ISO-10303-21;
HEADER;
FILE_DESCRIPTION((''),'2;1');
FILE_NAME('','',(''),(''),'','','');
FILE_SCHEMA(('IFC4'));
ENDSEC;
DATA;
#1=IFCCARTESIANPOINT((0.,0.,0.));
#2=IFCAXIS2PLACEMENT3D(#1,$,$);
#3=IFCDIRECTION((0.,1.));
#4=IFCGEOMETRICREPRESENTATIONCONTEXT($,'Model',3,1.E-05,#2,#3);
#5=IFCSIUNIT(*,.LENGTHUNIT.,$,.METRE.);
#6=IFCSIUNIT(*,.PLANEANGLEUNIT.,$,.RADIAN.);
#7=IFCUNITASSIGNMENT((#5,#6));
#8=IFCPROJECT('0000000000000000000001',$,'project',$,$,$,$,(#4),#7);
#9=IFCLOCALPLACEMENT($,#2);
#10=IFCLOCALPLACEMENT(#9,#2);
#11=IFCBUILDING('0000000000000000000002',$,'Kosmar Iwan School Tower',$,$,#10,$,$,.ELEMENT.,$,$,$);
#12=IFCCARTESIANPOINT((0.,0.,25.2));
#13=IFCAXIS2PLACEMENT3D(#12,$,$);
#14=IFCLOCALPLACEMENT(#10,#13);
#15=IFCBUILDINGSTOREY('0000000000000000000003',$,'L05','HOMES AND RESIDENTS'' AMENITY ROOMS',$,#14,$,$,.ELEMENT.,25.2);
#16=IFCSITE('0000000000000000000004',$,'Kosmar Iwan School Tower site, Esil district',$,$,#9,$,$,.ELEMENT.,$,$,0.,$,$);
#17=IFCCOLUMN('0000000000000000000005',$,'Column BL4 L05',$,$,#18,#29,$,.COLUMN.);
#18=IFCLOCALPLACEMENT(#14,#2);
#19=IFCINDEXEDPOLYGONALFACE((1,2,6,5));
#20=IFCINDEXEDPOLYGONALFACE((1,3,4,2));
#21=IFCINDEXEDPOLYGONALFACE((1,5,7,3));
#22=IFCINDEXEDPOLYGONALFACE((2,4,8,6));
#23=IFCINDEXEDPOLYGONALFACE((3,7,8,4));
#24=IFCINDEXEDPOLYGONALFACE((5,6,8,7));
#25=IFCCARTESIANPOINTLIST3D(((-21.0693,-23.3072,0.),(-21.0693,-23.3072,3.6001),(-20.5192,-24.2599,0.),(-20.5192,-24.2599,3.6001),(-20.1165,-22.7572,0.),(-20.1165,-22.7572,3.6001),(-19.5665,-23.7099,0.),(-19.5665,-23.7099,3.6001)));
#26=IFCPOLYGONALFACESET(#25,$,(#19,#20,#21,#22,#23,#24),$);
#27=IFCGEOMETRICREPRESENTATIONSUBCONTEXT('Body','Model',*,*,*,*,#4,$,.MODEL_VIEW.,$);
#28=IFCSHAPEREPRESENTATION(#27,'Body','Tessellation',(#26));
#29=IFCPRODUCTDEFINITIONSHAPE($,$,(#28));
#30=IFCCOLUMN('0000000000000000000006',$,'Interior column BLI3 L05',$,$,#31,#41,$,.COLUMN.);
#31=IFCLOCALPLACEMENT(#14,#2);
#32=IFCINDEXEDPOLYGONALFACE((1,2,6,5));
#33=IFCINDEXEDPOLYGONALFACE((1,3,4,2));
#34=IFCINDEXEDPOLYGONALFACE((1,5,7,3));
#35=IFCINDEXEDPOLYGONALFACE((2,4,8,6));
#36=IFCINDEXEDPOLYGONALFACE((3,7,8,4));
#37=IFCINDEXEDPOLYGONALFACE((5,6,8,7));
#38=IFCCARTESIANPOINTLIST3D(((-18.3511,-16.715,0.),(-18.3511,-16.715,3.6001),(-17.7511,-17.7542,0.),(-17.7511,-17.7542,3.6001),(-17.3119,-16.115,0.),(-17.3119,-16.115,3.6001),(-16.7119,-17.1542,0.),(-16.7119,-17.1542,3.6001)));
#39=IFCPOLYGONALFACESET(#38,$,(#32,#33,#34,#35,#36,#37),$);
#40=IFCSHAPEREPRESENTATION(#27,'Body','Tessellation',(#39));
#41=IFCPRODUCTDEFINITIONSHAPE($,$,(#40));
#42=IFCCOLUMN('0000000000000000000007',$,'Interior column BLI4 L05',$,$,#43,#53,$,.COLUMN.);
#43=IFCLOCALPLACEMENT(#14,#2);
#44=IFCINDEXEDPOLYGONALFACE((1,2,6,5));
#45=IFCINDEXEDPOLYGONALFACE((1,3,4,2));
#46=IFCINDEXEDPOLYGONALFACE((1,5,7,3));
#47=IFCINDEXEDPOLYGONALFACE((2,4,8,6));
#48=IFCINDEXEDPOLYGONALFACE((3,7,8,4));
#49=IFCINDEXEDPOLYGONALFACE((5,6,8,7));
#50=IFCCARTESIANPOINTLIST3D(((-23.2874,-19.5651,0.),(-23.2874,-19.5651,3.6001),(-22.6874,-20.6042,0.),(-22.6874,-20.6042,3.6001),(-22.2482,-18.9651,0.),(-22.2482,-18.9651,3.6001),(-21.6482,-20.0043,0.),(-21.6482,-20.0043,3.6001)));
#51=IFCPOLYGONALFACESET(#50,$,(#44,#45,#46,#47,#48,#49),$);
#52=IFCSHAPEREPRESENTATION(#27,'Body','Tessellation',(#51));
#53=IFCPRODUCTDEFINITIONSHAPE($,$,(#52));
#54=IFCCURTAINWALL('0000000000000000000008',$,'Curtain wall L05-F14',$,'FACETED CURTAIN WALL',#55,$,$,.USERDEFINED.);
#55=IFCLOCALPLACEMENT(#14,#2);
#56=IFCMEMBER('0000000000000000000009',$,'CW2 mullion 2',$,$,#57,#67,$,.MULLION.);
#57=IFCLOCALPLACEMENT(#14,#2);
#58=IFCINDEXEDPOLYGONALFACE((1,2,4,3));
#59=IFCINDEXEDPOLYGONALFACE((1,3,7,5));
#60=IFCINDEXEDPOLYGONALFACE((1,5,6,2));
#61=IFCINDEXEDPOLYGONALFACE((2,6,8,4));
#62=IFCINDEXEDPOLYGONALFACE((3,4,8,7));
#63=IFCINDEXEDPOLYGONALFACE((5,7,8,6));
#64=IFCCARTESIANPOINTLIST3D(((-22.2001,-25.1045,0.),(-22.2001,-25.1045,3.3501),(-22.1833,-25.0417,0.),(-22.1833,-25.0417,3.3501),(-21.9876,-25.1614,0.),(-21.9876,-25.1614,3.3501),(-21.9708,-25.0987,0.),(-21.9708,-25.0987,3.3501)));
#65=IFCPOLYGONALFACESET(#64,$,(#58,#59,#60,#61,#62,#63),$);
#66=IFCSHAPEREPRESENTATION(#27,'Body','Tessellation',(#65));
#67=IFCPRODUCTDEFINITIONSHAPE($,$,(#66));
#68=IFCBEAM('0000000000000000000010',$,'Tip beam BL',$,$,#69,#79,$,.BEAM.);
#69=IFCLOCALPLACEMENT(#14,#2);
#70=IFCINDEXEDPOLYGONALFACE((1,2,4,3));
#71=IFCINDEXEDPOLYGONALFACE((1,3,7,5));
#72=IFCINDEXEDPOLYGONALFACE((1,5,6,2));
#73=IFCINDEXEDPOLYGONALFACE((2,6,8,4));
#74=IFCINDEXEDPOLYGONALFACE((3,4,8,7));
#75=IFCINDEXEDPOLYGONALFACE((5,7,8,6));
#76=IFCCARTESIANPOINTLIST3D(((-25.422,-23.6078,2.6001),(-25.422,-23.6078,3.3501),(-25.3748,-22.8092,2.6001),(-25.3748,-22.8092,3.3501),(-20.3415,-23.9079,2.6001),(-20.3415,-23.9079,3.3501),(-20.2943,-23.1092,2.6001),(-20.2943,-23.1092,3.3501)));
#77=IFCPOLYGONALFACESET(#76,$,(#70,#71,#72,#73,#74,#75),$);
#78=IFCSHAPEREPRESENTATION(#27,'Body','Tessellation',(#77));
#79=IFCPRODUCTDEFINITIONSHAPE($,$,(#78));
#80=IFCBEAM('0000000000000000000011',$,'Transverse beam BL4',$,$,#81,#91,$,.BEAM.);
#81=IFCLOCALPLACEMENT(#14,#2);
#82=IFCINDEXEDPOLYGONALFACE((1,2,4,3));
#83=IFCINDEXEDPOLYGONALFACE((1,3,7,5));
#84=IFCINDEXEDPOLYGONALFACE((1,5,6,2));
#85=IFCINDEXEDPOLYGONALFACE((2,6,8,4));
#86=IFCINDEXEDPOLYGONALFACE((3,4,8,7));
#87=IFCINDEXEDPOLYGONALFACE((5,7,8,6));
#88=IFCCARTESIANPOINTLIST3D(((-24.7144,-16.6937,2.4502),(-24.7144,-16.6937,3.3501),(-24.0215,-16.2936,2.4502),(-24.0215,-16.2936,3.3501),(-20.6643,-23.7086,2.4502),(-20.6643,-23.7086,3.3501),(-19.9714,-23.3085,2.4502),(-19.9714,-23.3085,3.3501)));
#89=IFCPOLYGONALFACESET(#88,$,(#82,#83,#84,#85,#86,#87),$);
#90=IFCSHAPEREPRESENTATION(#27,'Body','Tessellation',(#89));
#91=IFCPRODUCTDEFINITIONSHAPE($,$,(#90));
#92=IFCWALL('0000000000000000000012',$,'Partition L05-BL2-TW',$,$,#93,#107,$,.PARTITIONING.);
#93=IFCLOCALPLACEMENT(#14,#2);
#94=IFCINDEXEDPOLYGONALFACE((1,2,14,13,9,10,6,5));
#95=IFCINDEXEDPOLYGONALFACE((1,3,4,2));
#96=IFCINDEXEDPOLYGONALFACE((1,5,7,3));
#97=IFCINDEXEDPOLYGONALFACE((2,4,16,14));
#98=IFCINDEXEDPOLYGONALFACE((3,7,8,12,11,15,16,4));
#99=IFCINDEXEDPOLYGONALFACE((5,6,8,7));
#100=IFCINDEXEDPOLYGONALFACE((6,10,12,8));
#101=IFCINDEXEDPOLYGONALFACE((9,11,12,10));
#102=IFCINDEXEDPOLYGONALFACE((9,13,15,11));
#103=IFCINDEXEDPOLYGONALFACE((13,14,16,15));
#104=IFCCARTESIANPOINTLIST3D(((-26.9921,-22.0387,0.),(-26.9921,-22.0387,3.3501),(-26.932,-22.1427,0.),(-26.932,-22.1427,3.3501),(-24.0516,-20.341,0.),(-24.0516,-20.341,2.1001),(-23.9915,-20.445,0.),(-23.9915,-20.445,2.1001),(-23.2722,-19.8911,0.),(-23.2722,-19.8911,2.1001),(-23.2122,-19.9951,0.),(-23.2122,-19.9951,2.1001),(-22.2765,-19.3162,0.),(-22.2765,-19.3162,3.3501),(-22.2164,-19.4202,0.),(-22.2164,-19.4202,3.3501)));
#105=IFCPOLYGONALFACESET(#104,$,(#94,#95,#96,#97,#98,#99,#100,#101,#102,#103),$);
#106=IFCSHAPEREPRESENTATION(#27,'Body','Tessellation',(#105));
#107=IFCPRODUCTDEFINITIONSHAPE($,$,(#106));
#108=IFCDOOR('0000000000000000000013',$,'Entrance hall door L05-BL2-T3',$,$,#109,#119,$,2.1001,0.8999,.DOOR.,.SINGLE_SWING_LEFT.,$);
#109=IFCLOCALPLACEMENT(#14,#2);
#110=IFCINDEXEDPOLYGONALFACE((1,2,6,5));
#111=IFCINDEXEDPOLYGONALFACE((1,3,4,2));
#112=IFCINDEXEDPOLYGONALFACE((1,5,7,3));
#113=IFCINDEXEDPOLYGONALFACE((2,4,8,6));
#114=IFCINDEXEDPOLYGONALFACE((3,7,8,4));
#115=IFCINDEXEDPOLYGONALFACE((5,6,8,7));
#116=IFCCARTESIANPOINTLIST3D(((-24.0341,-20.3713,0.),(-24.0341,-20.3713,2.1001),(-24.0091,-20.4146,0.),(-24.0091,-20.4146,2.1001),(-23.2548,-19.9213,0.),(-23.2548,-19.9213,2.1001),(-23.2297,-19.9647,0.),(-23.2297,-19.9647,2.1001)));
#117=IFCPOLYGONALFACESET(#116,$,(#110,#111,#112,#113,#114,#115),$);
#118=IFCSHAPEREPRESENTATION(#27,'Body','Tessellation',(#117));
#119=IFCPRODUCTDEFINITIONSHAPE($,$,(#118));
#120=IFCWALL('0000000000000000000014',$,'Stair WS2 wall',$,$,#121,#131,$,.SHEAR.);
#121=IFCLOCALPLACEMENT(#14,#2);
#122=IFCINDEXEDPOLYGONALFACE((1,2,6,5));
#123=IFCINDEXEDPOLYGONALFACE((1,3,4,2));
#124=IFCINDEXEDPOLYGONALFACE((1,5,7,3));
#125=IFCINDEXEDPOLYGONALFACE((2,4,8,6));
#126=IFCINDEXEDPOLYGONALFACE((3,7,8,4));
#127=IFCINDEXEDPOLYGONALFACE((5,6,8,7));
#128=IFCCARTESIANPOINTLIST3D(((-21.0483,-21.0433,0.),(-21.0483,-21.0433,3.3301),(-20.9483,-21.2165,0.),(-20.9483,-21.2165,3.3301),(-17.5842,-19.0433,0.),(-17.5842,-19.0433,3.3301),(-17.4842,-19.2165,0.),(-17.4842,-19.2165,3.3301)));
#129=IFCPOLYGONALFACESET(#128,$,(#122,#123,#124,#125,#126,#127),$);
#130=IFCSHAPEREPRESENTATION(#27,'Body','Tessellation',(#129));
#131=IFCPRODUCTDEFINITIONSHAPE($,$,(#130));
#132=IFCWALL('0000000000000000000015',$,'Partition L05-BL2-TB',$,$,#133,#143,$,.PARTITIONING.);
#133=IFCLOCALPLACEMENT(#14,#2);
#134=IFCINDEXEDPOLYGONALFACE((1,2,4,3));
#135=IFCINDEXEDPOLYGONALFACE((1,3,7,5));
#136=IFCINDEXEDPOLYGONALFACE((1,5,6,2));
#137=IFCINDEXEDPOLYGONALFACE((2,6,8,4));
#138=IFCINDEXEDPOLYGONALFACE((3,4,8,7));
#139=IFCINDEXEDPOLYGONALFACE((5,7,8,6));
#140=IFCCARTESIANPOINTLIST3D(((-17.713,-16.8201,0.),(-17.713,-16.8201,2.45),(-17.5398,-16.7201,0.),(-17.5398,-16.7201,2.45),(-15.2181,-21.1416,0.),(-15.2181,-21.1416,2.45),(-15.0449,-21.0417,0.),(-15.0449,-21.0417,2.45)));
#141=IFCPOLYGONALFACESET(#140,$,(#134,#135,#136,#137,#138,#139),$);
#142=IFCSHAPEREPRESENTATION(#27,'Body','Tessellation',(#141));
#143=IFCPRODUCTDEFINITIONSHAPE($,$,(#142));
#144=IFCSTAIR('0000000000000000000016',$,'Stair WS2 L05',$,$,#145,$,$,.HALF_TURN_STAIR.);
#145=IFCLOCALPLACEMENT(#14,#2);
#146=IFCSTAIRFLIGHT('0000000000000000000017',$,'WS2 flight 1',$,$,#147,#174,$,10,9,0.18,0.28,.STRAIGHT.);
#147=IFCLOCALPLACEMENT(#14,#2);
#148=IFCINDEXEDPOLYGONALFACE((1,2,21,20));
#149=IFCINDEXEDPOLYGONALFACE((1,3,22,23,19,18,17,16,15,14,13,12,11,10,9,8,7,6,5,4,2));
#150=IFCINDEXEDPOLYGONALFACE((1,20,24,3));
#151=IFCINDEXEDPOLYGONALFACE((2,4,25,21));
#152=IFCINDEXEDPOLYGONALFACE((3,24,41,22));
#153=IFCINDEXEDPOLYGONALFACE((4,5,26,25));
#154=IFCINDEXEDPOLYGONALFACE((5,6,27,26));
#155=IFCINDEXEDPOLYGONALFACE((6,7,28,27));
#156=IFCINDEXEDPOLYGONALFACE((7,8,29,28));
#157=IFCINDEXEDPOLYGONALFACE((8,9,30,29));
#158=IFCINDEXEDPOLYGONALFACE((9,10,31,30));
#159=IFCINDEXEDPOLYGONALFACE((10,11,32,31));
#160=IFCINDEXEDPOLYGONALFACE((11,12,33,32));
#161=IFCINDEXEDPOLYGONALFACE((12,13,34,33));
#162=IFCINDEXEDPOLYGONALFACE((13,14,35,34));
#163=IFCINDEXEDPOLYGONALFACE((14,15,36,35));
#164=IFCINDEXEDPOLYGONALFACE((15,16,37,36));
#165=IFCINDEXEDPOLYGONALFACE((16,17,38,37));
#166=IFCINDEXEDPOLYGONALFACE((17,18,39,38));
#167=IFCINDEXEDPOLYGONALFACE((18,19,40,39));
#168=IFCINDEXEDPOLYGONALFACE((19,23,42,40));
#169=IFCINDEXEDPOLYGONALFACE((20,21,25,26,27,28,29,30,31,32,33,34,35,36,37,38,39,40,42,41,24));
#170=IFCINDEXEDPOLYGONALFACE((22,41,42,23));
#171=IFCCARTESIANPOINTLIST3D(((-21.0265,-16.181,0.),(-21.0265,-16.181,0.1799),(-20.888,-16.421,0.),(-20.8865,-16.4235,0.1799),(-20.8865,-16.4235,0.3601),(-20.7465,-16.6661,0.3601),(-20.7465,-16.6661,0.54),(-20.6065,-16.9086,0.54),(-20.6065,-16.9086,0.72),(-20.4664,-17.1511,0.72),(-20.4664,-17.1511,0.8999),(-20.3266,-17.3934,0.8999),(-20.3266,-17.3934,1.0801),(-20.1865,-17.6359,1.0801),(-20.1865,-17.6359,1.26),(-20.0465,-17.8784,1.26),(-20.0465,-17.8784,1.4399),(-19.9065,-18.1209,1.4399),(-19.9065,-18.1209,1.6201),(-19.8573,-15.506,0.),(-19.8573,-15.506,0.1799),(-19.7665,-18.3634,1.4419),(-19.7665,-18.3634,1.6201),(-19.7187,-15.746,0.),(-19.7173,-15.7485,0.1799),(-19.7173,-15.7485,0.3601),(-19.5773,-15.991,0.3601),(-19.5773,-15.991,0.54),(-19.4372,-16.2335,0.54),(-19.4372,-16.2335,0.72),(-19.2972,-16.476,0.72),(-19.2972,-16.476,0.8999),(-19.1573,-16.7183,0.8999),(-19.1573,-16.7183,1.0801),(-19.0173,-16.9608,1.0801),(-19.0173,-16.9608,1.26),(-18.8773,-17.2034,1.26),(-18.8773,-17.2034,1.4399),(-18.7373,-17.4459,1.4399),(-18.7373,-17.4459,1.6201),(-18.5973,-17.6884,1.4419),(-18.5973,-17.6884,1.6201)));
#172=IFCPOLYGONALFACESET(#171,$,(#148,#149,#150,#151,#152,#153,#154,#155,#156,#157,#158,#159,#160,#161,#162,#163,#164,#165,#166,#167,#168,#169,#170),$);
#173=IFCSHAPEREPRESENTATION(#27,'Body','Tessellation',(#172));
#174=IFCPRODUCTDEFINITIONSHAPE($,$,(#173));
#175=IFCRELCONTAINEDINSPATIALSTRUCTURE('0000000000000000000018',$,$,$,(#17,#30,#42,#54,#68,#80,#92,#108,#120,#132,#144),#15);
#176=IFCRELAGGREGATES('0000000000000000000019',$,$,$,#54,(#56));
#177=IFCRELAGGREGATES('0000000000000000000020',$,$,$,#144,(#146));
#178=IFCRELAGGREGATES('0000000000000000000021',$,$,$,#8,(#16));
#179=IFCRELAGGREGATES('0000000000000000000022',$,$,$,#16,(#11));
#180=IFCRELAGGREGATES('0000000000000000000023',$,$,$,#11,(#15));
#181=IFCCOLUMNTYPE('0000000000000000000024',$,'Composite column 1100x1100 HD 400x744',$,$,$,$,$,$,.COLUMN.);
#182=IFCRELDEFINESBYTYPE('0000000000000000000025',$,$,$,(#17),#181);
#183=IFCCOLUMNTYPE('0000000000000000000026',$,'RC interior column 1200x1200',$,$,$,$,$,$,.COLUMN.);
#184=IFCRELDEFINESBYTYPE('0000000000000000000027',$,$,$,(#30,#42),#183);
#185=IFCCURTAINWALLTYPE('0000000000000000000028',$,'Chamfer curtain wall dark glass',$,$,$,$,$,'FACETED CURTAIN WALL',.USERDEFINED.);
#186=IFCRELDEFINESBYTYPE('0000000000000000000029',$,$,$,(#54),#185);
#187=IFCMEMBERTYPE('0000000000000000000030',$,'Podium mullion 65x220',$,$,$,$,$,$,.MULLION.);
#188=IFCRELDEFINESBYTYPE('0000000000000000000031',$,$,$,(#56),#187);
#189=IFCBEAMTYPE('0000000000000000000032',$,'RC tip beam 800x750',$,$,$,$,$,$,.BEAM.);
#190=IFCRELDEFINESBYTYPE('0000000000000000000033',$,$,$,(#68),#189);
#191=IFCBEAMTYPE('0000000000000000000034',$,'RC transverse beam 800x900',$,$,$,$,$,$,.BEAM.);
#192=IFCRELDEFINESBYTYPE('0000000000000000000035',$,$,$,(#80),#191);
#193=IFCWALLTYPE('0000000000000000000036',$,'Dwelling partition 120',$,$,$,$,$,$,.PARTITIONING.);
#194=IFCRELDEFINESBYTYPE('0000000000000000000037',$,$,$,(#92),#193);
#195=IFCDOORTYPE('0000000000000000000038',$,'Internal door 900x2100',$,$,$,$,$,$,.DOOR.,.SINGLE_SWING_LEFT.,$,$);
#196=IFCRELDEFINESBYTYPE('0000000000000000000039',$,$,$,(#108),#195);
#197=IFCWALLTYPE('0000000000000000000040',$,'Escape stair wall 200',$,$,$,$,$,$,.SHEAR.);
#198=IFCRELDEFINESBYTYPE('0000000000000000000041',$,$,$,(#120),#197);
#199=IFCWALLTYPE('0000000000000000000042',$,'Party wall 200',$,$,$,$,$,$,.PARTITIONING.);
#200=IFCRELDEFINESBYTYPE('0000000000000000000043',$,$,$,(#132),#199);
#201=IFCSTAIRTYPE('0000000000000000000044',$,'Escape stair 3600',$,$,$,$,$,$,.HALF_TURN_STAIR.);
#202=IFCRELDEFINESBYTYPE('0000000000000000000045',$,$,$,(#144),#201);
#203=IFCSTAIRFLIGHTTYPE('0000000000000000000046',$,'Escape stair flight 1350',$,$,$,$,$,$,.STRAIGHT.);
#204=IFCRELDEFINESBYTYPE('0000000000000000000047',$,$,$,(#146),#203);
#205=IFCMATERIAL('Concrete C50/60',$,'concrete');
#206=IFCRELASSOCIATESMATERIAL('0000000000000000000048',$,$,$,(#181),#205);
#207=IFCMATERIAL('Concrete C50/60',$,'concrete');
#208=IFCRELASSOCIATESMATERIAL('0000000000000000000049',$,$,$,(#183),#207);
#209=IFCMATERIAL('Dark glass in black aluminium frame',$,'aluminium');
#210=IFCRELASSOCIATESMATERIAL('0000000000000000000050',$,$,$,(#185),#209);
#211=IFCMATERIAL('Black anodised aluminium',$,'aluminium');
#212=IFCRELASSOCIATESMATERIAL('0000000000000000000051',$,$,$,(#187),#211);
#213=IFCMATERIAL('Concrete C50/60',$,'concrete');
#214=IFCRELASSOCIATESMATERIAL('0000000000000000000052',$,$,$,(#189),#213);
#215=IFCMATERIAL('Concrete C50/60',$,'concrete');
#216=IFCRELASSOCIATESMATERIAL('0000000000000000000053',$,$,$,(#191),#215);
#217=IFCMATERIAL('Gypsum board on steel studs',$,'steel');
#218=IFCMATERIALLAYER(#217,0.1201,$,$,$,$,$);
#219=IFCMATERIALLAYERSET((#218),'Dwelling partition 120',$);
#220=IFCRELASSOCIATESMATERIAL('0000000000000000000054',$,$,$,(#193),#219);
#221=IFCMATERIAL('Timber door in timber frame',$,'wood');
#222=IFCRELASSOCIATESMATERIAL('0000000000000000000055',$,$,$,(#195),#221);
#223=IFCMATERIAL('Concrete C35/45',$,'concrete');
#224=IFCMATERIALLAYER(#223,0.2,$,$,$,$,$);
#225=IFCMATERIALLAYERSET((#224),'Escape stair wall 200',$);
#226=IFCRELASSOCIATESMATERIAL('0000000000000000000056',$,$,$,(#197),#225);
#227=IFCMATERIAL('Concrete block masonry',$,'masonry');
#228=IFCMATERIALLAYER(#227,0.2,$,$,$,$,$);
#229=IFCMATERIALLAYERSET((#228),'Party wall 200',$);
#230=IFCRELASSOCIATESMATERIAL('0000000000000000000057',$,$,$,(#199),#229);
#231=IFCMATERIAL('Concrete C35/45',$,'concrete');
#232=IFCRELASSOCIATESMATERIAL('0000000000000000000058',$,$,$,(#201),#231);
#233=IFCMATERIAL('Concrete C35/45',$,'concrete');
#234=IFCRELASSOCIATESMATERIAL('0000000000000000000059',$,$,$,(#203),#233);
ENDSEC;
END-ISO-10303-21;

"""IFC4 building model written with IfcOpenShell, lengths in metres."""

from ifc_helpers import new_model, si_unit, direction, frame, frame_2d, origin, origin_2d, place, context, subcontext, project, spatial, polyline, rectangle, outline, extrude, material, layer, layer_set, material_profile, profile_set, type_object, element, fill, aggregate, save


model = new_model("IFC4")

# Units and contexts
model_context = context("Model", 3, precision=1e-05, world=origin(), true_north=direction((0.0, 1.0)))
body_context = subcontext(model_context, "Body", "Model", "MODEL_VIEW")
ifc_project = project(units=[si_unit("LENGTHUNIT", "METRE"), si_unit("PLANEANGLEUNIT", "RADIAN")], contexts=[model_context])

# Site, building, storey
site_placement = place(None, origin())
site = spatial("IfcSite", under=ifc_project, at=site_placement, Name="Kosmar Iwan School Tower site, Esil district", CompositionType="ELEMENT", RefElevation=0.0)
building_placement = place(site_placement, origin())
building = spatial("IfcBuilding", under=site, at=building_placement, Name="Kosmar Iwan School Tower", CompositionType="ELEMENT")
storey_placement = place(building_placement, frame((0.0, 0.0, 25.2)))
storey = spatial("IfcBuildingStorey", under=building, at=storey_placement, Name="L05", Description="HOMES AND RESIDENTS' AMENITY ROOMS", CompositionType="ELEMENT", Elevation=25.2)

# Columns
ifc_material_1 = material(Name="Concrete C50/60", Category="concrete")
ifc_material_profile_1 = material_profile(ifc_material_1, rectangle(XDim=1.1001, YDim=1.1001, at=origin_2d()), Name="RC 1100x1100 + HD 400x744")
ifc_profile_set_1 = profile_set([ifc_material_profile_1], Name="Concrete C50/60")
column_type_1 = type_object("IfcColumnType", Name="Composite column 1100x1100 HD 400x744", PredefinedType="COLUMN", material=ifc_profile_set_1)
column_placement = place(storey_placement, frame((-20.3179, -23.5085, 0.0), z_axis=(0.0, 0.0, 1.0), x_axis=(-0.866025, -0.5, 0.0)))
element("IfcColumn", 1, at=column_placement, inside=storey, type_object=column_type_1, Name="Column BL4 L05", PredefinedType="COLUMN", context=body_context, shape_type="SweptSolid", body=[
    extrude(rectangle(XDim=1.1001, YDim=1.1001, at=origin_2d()), origin(), (0.0, 0.0, 1.0), 3.6001),
])
ifc_material_2 = material(Name="Concrete C50/60", Category="concrete")
ifc_material_profile_2 = material_profile(ifc_material_2, rectangle(XDim=1.2, YDim=1.2, at=origin_2d()), Name="RC 1200x1200")
ifc_profile_set_2 = profile_set([ifc_material_profile_2], Name="Concrete C50/60")
column_type_2 = type_object("IfcColumnType", Name="RC interior column 1200x1200", PredefinedType="COLUMN", material=ifc_profile_set_2)
for number, where, z_axis, x_axis, name in (
    (2, (-17.5315, -16.9346, 0.0), (0.0, 0.0, 1.0), (-0.866025, -0.5, 0.0), "Interior column BLI3 L05"),
    (3, (-22.4678, -19.7847, 0.0), (0.0, 0.0, 1.0), (-0.866025, -0.5, 0.0), "Interior column BLI4 L05"),
):
    element("IfcColumn", number, at=place(storey_placement, frame(where, z_axis=z_axis, x_axis=x_axis)), inside=storey, type_object=column_type_2, Name=name, PredefinedType="COLUMN", context=body_context, shape_type="SweptSolid", body=[
        extrude(rectangle(XDim=1.2, YDim=1.2, at=origin_2d()), origin(), (0.0, 0.0, 1.0), 3.6001),
    ])

# Curtain wall, member
ifc_material_3 = material(Name="Dark glass in black aluminium frame", Category="aluminium")
curtain_wall_type = type_object("IfcCurtainWallType", Name="Chamfer curtain wall dark glass", ElementType="FACETED CURTAIN WALL", PredefinedType="USERDEFINED", material=ifc_material_3)
curtain_wall_placement = place(storey_placement, origin())
curtain_wall = element("IfcCurtainWall", 4, at=curtain_wall_placement, inside=storey, type_object=curtain_wall_type, Name="Curtain wall L05-F14", ObjectType="FACETED CURTAIN WALL", PredefinedType="USERDEFINED")
ifc_material_4 = material(Name="Black anodised aluminium", Category="aluminium")
ifc_material_profile_3 = material_profile(ifc_material_4, rectangle(XDim=0.0649, YDim=0.22, at=origin_2d()), Name="MULLION 65x220")
ifc_profile_set_3 = profile_set([ifc_material_profile_3], Name="Black anodised aluminium")
member_type = type_object("IfcMemberType", Name="Podium mullion 65x220", PredefinedType="MULLION", material=ifc_profile_set_3)
member_placement = place(storey_placement, frame((-22.0854, -25.1016, 0.0), z_axis=(0.0, 0.0, 1.0), x_axis=(0.258819, 0.965926, 0.0)))
member = element("IfcMember", 5, at=member_placement, type_object=member_type, Name="CW2 mullion 2", PredefinedType="MULLION", context=body_context, shape_type="SweptSolid", body=[
    extrude(rectangle(XDim=0.0649, YDim=0.22, at=origin_2d()), origin(), (0.0, 0.0, 1.0), 3.3501),
])
aggregate(curtain_wall, [member])

# Beams
ifc_material_5 = material(Name="Concrete C50/60", Category="concrete")
ifc_material_profile_4 = material_profile(ifc_material_5, rectangle(XDim=0.8, YDim=0.75, at=origin_2d()), Name="RC 800x750")
ifc_profile_set_4 = profile_set([ifc_material_profile_4], Name="Concrete C50/60")
beam_type_1 = type_object("IfcBeamType", Name="RC tip beam 800x750", PredefinedType="BEAM", material=ifc_profile_set_4)
beam_1_placement = place(storey_placement, frame((-20.3179, -23.5085, 2.9751), z_axis=(-0.998261, 0.058955, 0.0), x_axis=(-0.058955, -0.998261, 0.0)))
element("IfcBeam", 6, at=beam_1_placement, inside=storey, type_object=beam_type_1, Name="Tip beam BL", PredefinedType="BEAM", context=body_context, shape_type="SweptSolid", body=[
    extrude(rectangle(XDim=0.8, YDim=0.75, at=origin_2d()), origin(), (0.0, 0.0, 1.0), 5.0894),
])
ifc_material_6 = material(Name="Concrete C50/60", Category="concrete")
ifc_material_profile_5 = material_profile(ifc_material_6, rectangle(XDim=0.8, YDim=0.8999, at=origin_2d()), Name="RC 800x900")
ifc_profile_set_5 = profile_set([ifc_material_profile_5], Name="Concrete C50/60")
beam_type_2 = type_object("IfcBeamType", Name="RC transverse beam 800x900", PredefinedType="BEAM", material=ifc_profile_set_5)
beam_2_placement = place(storey_placement, frame((-20.3179, -23.5085, 2.9001), z_axis=(-0.5, 0.866025, 0.0), x_axis=(-0.866025, -0.5, 0.0)))
element("IfcBeam", 7, at=beam_2_placement, inside=storey, type_object=beam_type_2, Name="Transverse beam BL4", PredefinedType="BEAM", context=body_context, shape_type="SweptSolid", body=[
    extrude(rectangle(XDim=0.8, YDim=0.8999, at=origin_2d()), origin(), (0.0, 0.0, 1.0), 8.1001),
])

# Wall, opening, door
ifc_material_7 = material(Name="Gypsum board on steel studs", Category="steel")
ifc_layer_1 = layer(ifc_material_7, 0.1201)
ifc_layer_set_1 = layer_set([ifc_layer_1], Name="Dwelling partition 120")
wall_type_1 = type_object("IfcWallType", Name="Dwelling partition 120", PredefinedType="PARTITIONING", material=ifc_layer_set_1)
wall_1_placement = place(storey_placement, frame((-22.2463, -19.3682, 0.0), z_axis=(0.0, 0.0, 1.0), x_axis=(-0.866036, -0.499982, 0.0)))
wall_1 = element("IfcWall", 8, at=wall_1_placement, inside=storey, type_object=wall_type_1, Name="Partition L05-BL2-TW", PredefinedType="PARTITIONING", context=body_context, shape_type="SweptSolid", body=[
    extrude(rectangle(XDim=5.4451, YDim=0.1201, at=frame_2d((2.7227, 0.0))), origin(), (0.0, 0.0, 1.0), 3.3501),
])
opening_placement = place(wall_1_placement, frame((1.1499, 0.0, 0.0)))
opening = element("IfcOpeningElement", 9, at=opening_placement, cuts=wall_1, PredefinedType="OPENING", context=body_context, shape_type="SweptSolid", body=[
    extrude(rectangle(XDim=0.8999, YDim=2.1001, at=frame_2d((0.45, 1.05))), frame((0.0, 0.072, 0.0), z_axis=(0.0, -1.0, 0.0), x_axis=(1.0, 0.0, 0.0)), (0.0, 0.0, 1.0), 0.144),
])
ifc_material_8 = material(Name="Timber door in timber frame", Category="wood")
door_type = type_object("IfcDoorType", Name="Internal door 900x2100", OperationType="SINGLE_SWING_LEFT", PredefinedType="DOOR", material=ifc_material_8)
door_placement = place(opening_placement, origin())
door = element("IfcDoor", 10, at=door_placement, inside=storey, type_object=door_type, Name="Entrance hall door L05-BL2-T3", OperationType="SINGLE_SWING_LEFT", OverallHeight=2.1001, OverallWidth=0.8999, PredefinedType="DOOR", context=body_context, shape_type="SweptSolid", body=[
    extrude(rectangle(XDim=0.8999, YDim=2.1001, at=frame_2d((0.45, 1.05))), frame((0.0, 0.0249, 0.0), z_axis=(0.0, -1.0, 0.0), x_axis=(1.0, 0.0, 0.0)), (0.0, 0.0, 1.0), 0.05),
])
fill(opening, door)

# Walls
ifc_material_9 = material(Name="Concrete C35/45", Category="concrete")
ifc_layer_2 = layer(ifc_material_9, 0.2)
ifc_layer_set_2 = layer_set([ifc_layer_2], Name="Escape stair wall 200")
wall_type_2 = type_object("IfcWallType", Name="Escape stair wall 200", PredefinedType="SHEAR", material=ifc_layer_set_2)
wall_2_placement = place(storey_placement, frame((-17.5342, -19.1299, 0.0), z_axis=(0.0, 0.0, 1.0), x_axis=(-0.866026, -0.499999, 0.0)))
element("IfcWall", 11, at=wall_2_placement, inside=storey, type_object=wall_type_2, Name="Stair WS2 wall", PredefinedType="SHEAR", context=body_context, shape_type="SweptSolid", body=[
    extrude(rectangle(XDim=4.0, YDim=0.2, at=frame_2d((2.0, 0.0))), origin(), (0.0, 0.0, 1.0), 3.3301),
])
ifc_material_10 = material(Name="Concrete block masonry", Category="masonry")
ifc_layer_3 = layer(ifc_material_10, 0.2)
ifc_layer_set_3 = layer_set([ifc_layer_3], Name="Party wall 200")
wall_type_3 = type_object("IfcWallType", Name="Party wall 200", PredefinedType="PARTITIONING", material=ifc_layer_set_3)
wall_3_placement = place(storey_placement, frame((-17.6265, -16.77, 0.0), z_axis=(0.0, 0.0, 1.0), x_axis=(0.499975, -0.86604, 0.0)))
element("IfcWall", 12, at=wall_3_placement, inside=storey, type_object=wall_type_3, Name="Partition L05-BL2-TB", PredefinedType="PARTITIONING", context=body_context, shape_type="SweptSolid", body=[
    extrude(rectangle(XDim=4.99, YDim=0.2, at=frame_2d((2.4951, 0.0))), origin(), (0.0, 0.0, 1.0), 2.45),
])

# Stair, stair flight
ifc_material_11 = material(Name="Concrete C35/45", Category="concrete")
stair_type = type_object("IfcStairType", Name="Escape stair 3600", PredefinedType="HALF_TURN_STAIR", material=ifc_material_11)
stair_placement = place(storey_placement, origin())
stair = element("IfcStair", 13, at=stair_placement, inside=storey, type_object=stair_type, Name="Stair WS2 L05", PredefinedType="HALF_TURN_STAIR")
ifc_material_12 = material(Name="Concrete C35/45", Category="concrete")
stair_flight_type = type_object("IfcStairFlightType", Name="Escape stair flight 1350", PredefinedType="STRAIGHT", material=ifc_material_12)
stair_flight_1_placement = place(storey_placement, frame((-20.4419, -15.8435, 0.0), z_axis=(0.0, 0.0, 1.0), x_axis=(0.5, -0.866025, 0.0)))
stair_flight_1 = element("IfcStairFlight", 14, at=stair_flight_1_placement, type_object=stair_flight_type, Name="WS2 flight 1", NumberOfRisers=10, NumberOfTreads=9, PredefinedType="STRAIGHT", RiserHeight=0.18, TreadLength=0.28, context=body_context, shape_type="SweptSolid", body=[
    extrude(outline(polyline([(0.0, 0.0), (0.0, 0.1799), (0.28, 0.1799), (0.28, 0.3601), (0.5601, 0.3601), (0.5601, 0.54), (0.8401, 0.54), (0.8401, 0.72), (1.1201, 0.72), (1.1201, 0.8999), (1.3999, 0.8999), (1.3999, 1.0801), (1.6799, 1.0801), (1.6799, 1.26), (1.96, 1.26), (1.96, 1.4399), (2.24, 1.4399), (2.24, 1.6201), (2.52, 1.6201), (2.52, 1.8), (2.52, 1.4419), (0.2771, 0.0), (0.0, 0.0)])), frame((0.0, 0.675, 0.0), z_axis=(0.0, -1.0, 0.0), x_axis=(1.0, 0.0, 0.0)), (0.0, 0.0, 1.0), 1.3501),
])
aggregate(stair, [stair_flight_1])

save(model, "model.ifc")
